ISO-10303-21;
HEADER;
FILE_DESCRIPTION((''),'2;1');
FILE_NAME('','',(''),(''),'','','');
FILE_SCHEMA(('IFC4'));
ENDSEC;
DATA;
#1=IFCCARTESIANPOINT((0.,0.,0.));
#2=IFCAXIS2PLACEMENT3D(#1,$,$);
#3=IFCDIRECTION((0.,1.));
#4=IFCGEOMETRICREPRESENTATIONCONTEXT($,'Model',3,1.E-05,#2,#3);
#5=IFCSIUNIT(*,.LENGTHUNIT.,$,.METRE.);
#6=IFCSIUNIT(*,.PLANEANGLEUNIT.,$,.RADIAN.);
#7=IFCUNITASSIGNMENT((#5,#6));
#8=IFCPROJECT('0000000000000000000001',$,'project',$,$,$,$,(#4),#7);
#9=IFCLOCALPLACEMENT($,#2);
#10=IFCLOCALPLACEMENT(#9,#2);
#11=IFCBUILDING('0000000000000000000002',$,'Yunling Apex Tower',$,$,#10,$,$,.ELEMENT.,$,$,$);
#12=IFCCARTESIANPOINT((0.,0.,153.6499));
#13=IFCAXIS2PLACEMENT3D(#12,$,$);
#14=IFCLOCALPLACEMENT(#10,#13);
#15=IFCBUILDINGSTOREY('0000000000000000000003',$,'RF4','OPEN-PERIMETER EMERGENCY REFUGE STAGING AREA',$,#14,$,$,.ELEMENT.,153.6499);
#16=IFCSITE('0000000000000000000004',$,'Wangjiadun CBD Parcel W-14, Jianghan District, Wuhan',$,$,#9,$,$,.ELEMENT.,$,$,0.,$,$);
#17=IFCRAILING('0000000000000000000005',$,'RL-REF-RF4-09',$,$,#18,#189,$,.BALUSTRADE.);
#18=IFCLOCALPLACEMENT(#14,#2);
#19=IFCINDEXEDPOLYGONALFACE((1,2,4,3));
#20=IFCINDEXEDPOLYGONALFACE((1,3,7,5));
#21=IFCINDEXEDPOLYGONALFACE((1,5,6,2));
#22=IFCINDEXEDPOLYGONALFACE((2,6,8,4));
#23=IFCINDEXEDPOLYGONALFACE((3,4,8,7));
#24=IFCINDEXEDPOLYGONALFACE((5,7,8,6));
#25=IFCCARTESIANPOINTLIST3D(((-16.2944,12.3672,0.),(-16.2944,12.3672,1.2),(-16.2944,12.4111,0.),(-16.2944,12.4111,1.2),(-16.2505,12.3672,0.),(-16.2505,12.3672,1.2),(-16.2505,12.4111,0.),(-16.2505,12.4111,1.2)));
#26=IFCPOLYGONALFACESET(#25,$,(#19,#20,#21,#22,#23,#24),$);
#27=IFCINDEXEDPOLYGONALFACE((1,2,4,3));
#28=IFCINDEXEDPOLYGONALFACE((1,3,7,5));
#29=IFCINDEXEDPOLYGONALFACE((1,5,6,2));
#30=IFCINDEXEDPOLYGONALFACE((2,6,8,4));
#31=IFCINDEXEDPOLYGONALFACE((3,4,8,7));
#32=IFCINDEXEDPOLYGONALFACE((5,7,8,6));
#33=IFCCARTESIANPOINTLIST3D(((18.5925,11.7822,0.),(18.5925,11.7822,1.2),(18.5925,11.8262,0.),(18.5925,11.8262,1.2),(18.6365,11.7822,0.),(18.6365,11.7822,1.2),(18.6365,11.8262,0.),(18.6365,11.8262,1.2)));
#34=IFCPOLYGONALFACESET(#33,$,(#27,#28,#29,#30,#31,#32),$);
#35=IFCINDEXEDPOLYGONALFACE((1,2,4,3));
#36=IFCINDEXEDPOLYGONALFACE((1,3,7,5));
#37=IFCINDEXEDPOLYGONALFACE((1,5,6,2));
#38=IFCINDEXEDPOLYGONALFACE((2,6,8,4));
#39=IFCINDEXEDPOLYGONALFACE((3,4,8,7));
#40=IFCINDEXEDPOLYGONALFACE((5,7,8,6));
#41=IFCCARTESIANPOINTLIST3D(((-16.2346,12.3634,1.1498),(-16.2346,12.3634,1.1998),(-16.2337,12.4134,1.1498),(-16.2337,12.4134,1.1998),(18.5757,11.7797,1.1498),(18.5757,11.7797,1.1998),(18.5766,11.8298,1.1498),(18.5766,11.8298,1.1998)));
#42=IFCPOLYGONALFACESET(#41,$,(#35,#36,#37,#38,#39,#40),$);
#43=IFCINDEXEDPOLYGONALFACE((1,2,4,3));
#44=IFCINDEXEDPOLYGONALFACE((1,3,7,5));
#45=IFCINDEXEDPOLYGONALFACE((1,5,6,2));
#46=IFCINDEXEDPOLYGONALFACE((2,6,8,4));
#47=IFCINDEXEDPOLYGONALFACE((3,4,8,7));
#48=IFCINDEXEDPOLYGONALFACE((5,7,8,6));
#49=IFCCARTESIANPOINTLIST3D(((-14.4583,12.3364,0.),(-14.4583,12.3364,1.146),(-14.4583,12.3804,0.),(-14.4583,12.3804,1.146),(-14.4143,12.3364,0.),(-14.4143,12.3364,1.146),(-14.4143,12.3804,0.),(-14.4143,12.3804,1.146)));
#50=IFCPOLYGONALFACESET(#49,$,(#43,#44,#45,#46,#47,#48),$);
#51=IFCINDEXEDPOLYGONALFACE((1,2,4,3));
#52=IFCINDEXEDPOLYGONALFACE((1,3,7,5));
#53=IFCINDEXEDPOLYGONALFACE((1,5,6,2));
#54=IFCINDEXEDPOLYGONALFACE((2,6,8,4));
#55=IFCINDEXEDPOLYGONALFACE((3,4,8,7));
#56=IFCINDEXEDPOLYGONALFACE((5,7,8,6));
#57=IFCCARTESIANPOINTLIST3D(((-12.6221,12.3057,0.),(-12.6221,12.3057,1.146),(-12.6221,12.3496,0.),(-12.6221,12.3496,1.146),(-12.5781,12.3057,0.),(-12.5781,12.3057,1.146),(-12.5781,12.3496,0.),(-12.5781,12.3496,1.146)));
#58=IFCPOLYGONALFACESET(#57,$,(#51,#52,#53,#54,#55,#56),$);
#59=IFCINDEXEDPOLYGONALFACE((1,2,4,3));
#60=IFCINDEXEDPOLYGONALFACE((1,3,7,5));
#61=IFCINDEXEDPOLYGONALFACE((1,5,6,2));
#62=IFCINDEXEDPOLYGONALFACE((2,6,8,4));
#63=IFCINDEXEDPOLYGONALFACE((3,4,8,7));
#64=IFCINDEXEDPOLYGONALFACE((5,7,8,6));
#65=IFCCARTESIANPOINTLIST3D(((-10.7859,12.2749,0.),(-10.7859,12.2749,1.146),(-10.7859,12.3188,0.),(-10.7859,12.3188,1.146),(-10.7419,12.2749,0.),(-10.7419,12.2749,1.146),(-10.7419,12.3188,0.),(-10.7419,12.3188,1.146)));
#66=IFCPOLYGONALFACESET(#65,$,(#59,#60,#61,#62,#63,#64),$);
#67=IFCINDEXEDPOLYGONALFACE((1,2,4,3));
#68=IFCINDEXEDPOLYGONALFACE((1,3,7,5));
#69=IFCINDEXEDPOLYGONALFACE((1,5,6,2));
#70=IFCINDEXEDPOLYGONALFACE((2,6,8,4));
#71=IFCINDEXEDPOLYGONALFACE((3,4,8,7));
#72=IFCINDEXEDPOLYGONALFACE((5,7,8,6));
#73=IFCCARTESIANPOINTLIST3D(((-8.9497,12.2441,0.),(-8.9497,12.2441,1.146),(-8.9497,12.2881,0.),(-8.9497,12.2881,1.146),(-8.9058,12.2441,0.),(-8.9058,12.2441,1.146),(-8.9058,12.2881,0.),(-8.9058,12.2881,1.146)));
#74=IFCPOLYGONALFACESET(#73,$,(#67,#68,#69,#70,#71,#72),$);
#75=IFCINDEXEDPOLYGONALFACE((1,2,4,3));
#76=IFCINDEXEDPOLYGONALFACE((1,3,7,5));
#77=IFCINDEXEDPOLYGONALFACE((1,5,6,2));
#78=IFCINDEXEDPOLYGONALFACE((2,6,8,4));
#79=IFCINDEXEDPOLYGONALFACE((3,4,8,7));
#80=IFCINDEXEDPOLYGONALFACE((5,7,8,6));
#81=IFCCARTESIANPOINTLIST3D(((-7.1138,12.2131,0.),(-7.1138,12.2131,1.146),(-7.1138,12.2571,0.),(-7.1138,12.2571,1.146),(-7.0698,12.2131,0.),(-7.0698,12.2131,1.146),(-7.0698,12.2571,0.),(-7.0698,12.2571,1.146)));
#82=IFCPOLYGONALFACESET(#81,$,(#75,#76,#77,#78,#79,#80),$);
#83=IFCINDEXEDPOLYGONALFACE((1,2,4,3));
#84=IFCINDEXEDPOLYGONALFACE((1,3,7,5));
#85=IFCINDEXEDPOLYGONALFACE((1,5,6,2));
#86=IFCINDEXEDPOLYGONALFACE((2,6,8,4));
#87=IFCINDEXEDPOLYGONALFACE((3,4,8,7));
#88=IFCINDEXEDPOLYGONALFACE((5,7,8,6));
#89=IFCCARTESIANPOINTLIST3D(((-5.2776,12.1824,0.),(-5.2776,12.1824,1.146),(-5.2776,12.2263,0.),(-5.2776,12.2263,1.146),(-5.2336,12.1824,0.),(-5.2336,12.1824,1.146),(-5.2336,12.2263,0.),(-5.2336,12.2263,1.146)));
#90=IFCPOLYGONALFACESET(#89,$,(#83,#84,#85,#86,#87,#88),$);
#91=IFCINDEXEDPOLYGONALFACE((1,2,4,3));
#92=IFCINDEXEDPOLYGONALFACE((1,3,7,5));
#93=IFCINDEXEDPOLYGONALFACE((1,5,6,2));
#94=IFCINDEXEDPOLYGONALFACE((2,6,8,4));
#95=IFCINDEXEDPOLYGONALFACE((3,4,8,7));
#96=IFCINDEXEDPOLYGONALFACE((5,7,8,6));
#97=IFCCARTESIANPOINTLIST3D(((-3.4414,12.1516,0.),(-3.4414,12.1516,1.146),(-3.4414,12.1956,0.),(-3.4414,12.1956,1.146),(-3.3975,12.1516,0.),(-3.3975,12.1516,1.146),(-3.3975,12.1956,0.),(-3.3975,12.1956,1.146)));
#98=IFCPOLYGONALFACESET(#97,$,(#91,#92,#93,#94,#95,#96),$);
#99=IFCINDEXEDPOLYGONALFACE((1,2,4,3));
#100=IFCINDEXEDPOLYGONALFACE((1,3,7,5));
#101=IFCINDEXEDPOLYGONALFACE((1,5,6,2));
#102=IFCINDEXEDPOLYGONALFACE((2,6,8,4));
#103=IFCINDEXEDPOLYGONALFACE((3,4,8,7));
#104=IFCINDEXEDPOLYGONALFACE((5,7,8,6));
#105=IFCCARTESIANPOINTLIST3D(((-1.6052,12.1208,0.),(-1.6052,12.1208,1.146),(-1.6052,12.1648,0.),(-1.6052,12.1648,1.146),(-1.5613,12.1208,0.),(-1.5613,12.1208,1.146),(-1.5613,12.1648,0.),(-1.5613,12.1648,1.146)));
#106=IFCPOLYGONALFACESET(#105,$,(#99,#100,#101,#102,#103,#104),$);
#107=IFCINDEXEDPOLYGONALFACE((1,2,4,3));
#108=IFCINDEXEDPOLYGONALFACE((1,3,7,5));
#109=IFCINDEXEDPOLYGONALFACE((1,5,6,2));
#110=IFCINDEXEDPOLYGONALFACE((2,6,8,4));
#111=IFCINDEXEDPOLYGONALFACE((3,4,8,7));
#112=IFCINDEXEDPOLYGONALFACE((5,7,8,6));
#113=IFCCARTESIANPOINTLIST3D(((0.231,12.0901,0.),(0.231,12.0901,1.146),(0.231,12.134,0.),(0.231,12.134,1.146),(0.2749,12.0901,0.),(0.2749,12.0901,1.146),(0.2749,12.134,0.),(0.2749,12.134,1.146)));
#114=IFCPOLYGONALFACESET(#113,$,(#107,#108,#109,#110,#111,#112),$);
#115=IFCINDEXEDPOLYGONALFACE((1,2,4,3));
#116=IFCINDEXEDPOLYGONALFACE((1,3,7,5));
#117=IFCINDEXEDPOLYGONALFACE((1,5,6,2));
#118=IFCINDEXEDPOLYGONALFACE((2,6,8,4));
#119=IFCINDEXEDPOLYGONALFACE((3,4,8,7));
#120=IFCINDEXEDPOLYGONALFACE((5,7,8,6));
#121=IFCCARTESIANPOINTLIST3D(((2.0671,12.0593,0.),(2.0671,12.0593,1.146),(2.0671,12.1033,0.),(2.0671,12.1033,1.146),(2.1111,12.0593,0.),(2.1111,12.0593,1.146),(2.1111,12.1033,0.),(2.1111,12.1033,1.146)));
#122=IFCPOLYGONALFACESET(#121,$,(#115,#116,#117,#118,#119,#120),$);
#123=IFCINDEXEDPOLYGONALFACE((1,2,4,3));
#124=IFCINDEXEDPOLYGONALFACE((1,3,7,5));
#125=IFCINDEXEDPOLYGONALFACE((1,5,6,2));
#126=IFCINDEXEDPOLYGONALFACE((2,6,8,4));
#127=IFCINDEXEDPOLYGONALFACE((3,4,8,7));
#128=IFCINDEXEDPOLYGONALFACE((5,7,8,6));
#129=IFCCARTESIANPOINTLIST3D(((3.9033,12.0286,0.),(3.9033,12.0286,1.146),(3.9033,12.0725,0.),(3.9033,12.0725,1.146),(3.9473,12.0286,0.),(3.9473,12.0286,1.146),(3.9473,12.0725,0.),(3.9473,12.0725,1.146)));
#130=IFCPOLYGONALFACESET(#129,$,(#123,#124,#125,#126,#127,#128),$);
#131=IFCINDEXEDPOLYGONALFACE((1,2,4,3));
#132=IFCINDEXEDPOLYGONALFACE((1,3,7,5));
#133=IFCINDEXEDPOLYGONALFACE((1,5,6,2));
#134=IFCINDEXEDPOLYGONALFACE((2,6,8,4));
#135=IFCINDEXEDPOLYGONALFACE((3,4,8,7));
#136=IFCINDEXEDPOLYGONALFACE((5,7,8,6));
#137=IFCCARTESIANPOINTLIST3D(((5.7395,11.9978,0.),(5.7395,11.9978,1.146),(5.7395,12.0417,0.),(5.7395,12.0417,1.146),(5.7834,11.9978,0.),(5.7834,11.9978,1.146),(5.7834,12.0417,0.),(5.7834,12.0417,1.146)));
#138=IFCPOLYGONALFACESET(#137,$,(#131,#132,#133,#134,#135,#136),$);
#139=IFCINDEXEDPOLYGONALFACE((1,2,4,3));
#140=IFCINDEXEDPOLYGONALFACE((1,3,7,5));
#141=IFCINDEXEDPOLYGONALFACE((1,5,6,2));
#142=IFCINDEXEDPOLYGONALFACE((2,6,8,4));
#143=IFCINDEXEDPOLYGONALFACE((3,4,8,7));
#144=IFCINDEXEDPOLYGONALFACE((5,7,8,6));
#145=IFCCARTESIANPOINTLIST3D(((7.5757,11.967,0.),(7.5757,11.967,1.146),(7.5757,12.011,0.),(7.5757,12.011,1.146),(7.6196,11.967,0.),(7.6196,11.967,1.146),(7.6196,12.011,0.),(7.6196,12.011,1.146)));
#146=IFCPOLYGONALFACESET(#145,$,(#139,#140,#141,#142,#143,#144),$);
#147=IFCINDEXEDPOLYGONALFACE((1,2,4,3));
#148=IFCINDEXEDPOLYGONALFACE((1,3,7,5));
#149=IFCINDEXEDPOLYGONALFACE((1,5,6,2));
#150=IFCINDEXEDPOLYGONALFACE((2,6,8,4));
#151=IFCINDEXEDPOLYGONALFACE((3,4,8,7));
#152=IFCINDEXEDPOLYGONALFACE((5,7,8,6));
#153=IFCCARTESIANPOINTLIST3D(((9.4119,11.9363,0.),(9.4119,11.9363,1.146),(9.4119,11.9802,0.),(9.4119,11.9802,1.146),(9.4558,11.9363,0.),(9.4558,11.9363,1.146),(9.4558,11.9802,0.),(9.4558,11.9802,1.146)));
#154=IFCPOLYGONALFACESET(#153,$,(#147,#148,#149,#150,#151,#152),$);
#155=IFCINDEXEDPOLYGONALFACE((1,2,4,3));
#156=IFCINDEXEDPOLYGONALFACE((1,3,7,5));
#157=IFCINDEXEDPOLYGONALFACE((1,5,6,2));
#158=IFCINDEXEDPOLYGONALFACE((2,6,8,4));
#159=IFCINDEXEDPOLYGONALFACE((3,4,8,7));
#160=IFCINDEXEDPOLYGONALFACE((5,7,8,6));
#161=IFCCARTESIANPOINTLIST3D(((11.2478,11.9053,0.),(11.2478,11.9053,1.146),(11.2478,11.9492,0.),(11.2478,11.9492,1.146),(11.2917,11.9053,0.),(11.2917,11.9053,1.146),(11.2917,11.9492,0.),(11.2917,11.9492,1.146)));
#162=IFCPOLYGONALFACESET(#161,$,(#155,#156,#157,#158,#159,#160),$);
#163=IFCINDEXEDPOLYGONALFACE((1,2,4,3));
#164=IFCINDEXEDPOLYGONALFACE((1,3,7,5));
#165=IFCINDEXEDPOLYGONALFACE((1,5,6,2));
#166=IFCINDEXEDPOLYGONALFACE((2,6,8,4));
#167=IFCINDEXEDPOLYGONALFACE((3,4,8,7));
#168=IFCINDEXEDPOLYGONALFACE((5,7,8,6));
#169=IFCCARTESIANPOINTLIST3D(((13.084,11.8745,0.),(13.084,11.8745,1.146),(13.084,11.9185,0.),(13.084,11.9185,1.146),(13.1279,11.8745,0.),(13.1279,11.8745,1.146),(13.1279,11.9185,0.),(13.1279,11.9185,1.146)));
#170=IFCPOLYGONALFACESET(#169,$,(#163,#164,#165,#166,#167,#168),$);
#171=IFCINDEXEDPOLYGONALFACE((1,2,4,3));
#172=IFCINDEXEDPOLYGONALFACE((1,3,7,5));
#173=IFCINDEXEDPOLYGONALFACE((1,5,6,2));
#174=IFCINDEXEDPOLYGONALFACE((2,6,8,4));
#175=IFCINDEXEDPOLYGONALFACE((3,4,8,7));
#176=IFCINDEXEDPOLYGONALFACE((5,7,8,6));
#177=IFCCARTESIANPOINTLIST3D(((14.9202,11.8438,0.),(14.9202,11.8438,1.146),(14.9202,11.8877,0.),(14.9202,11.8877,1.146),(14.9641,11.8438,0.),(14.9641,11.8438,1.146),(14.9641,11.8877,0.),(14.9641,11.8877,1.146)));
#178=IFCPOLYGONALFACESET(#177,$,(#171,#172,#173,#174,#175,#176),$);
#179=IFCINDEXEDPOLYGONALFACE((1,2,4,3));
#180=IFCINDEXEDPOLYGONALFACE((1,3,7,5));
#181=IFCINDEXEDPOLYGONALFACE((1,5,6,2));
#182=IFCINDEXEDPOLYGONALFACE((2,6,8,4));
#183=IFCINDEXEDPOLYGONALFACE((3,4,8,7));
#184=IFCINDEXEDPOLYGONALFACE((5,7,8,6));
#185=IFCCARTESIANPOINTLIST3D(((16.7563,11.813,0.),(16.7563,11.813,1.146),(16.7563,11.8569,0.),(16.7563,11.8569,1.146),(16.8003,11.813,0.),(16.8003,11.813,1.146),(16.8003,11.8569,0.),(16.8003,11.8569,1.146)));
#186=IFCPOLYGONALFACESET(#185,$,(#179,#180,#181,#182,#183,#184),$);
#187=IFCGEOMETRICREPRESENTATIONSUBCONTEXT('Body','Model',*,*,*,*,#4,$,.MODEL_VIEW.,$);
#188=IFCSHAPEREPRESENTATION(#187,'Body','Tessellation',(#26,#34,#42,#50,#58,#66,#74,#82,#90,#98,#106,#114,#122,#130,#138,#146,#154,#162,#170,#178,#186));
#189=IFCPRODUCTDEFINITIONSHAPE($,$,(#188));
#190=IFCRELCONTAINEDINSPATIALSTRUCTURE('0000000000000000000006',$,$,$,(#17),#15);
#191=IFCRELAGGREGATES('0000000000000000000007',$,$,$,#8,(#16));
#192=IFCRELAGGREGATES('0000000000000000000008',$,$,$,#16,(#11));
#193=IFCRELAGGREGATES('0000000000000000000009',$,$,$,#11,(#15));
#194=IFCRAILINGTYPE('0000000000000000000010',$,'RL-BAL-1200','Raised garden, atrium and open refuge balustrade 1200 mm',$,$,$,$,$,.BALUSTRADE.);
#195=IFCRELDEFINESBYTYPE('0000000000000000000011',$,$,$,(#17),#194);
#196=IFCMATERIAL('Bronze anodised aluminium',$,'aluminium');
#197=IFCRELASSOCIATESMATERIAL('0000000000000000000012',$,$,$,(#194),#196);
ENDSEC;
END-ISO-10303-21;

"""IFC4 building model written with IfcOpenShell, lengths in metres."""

from ifc_helpers import new_model, si_unit, direction, frame, origin, origin_2d, place, context, subcontext, project, spatial, rectangle, extrude, material, type_object, element, save


model = new_model("IFC4")

# Units and contexts
model_context = context("Model", 3, precision=1e-05, world=origin(), true_north=direction((0.0, 1.0)))
body_context = subcontext(model_context, "Body", "Model", "MODEL_VIEW")
ifc_project = project(units=[si_unit("LENGTHUNIT", "METRE"), si_unit("PLANEANGLEUNIT", "RADIAN")], contexts=[model_context])

# Site, building, storey
site_placement = place(None, origin())
site = spatial("IfcSite", under=ifc_project, at=site_placement, Name="Wangjiadun CBD Parcel W-14, Jianghan District, Wuhan", CompositionType="ELEMENT", RefElevation=0.0)
building_placement = place(site_placement, origin())
building = spatial("IfcBuilding", under=site, at=building_placement, Name="Yunling Apex Tower", CompositionType="ELEMENT")
storey_placement = place(building_placement, frame((0.0, 0.0, 153.6499)))
storey = spatial("IfcBuildingStorey", under=building, at=storey_placement, Name="RF4", Description="OPEN-PERIMETER EMERGENCY REFUGE STAGING AREA", CompositionType="ELEMENT", Elevation=153.6499)

# Railing
ifc_material_1 = material(Name="Bronze anodised aluminium", Category="aluminium")
railing_type = type_object("IfcRailingType", Name="RL-BAL-1200", Description="Raised garden, atrium and open refuge balustrade 1200 mm", PredefinedType="BALUSTRADE", material=ifc_material_1)
railing_1_placement = place(storey_placement, frame((-16.2725, 12.3892, 0.0)))
element("IfcRailing", 1, at=railing_1_placement, inside=storey, type_object=railing_type, Name="RL-REF-RF4-09", PredefinedType="BALUSTRADE", context=body_context, shape_type="SweptSolid", body=[
    extrude(rectangle(XDim=0.0439, YDim=0.0439, at=origin_2d()), origin(), (0.0, 0.0, 1.0), 1.2),
    extrude(rectangle(XDim=0.0439, YDim=0.0439, at=origin_2d()), frame((34.887, -0.585, 0.0)), (0.0, 0.0, 1.0), 1.2),
    extrude(rectangle(XDim=0.05, YDim=0.05, at=origin_2d()), frame((0.0383, -0.0007, 1.1748), z_axis=(0.999859, -0.016765, 0.0), x_axis=(0.016765, 0.999859, 0.0)), (0.0, 0.0, 1.0), 34.8152),
    extrude(rectangle(XDim=0.0439, YDim=0.0439, at=origin_2d()), frame((1.8362, -0.0308, 0.0)), (0.0, 0.0, 1.0), 1.146),
    extrude(rectangle(XDim=0.0439, YDim=0.0439, at=origin_2d()), frame((3.6724, -0.0615, 0.0)), (0.0, 0.0, 1.0), 1.146),
    extrude(rectangle(XDim=0.0439, YDim=0.0439, at=origin_2d()), frame((5.5085, -0.0923, 0.0)), (0.0, 0.0, 1.0), 1.146),
    extrude(rectangle(XDim=0.0439, YDim=0.0439, at=origin_2d()), frame((7.3447, -0.123, 0.0)), (0.0, 0.0, 1.0), 1.146),
    extrude(rectangle(XDim=0.0439, YDim=0.0439, at=origin_2d()), frame((9.1807, -0.1541, 0.0)), (0.0, 0.0, 1.0), 1.146),
    extrude(rectangle(XDim=0.0439, YDim=0.0439, at=origin_2d()), frame((11.0168, -0.1848, 0.0)), (0.0, 0.0, 1.0), 1.146),
    extrude(rectangle(XDim=0.0439, YDim=0.0439, at=origin_2d()), frame((12.853, -0.2156, 0.0)), (0.0, 0.0, 1.0), 1.146),
    extrude(rectangle(XDim=0.0439, YDim=0.0439, at=origin_2d()), frame((14.6892, -0.2463, 0.0)), (0.0, 0.0, 1.0), 1.146),
    extrude(rectangle(XDim=0.0439, YDim=0.0439, at=origin_2d()), frame((16.5254, -0.2771, 0.0)), (0.0, 0.0, 1.0), 1.146),
    extrude(rectangle(XDim=0.0439, YDim=0.0439, at=origin_2d()), frame((18.3616, -0.3079, 0.0)), (0.0, 0.0, 1.0), 1.146),
    extrude(rectangle(XDim=0.0439, YDim=0.0439, at=origin_2d()), frame((20.1978, -0.3386, 0.0)), (0.0, 0.0, 1.0), 1.146),
    extrude(rectangle(XDim=0.0439, YDim=0.0439, at=origin_2d()), frame((22.0339, -0.3694, 0.0)), (0.0, 0.0, 1.0), 1.146),
    extrude(rectangle(XDim=0.0439, YDim=0.0439, at=origin_2d()), frame((23.8701, -0.4001, 0.0)), (0.0, 0.0, 1.0), 1.146),
    extrude(rectangle(XDim=0.0439, YDim=0.0439, at=origin_2d()), frame((25.7063, -0.4309, 0.0)), (0.0, 0.0, 1.0), 1.146),
    extrude(rectangle(XDim=0.0439, YDim=0.0439, at=origin_2d()), frame((27.5422, -0.4619, 0.0)), (0.0, 0.0, 1.0), 1.146),
    extrude(rectangle(XDim=0.0439, YDim=0.0439, at=origin_2d()), frame((29.3784, -0.4927, 0.0)), (0.0, 0.0, 1.0), 1.146),
    extrude(rectangle(XDim=0.0439, YDim=0.0439, at=origin_2d()), frame((31.2146, -0.5234, 0.0)), (0.0, 0.0, 1.0), 1.146),
    extrude(rectangle(XDim=0.0439, YDim=0.0439, at=origin_2d()), frame((33.0508, -0.5542, 0.0)), (0.0, 0.0, 1.0), 1.146),
])

save(model, "model.ifc")
